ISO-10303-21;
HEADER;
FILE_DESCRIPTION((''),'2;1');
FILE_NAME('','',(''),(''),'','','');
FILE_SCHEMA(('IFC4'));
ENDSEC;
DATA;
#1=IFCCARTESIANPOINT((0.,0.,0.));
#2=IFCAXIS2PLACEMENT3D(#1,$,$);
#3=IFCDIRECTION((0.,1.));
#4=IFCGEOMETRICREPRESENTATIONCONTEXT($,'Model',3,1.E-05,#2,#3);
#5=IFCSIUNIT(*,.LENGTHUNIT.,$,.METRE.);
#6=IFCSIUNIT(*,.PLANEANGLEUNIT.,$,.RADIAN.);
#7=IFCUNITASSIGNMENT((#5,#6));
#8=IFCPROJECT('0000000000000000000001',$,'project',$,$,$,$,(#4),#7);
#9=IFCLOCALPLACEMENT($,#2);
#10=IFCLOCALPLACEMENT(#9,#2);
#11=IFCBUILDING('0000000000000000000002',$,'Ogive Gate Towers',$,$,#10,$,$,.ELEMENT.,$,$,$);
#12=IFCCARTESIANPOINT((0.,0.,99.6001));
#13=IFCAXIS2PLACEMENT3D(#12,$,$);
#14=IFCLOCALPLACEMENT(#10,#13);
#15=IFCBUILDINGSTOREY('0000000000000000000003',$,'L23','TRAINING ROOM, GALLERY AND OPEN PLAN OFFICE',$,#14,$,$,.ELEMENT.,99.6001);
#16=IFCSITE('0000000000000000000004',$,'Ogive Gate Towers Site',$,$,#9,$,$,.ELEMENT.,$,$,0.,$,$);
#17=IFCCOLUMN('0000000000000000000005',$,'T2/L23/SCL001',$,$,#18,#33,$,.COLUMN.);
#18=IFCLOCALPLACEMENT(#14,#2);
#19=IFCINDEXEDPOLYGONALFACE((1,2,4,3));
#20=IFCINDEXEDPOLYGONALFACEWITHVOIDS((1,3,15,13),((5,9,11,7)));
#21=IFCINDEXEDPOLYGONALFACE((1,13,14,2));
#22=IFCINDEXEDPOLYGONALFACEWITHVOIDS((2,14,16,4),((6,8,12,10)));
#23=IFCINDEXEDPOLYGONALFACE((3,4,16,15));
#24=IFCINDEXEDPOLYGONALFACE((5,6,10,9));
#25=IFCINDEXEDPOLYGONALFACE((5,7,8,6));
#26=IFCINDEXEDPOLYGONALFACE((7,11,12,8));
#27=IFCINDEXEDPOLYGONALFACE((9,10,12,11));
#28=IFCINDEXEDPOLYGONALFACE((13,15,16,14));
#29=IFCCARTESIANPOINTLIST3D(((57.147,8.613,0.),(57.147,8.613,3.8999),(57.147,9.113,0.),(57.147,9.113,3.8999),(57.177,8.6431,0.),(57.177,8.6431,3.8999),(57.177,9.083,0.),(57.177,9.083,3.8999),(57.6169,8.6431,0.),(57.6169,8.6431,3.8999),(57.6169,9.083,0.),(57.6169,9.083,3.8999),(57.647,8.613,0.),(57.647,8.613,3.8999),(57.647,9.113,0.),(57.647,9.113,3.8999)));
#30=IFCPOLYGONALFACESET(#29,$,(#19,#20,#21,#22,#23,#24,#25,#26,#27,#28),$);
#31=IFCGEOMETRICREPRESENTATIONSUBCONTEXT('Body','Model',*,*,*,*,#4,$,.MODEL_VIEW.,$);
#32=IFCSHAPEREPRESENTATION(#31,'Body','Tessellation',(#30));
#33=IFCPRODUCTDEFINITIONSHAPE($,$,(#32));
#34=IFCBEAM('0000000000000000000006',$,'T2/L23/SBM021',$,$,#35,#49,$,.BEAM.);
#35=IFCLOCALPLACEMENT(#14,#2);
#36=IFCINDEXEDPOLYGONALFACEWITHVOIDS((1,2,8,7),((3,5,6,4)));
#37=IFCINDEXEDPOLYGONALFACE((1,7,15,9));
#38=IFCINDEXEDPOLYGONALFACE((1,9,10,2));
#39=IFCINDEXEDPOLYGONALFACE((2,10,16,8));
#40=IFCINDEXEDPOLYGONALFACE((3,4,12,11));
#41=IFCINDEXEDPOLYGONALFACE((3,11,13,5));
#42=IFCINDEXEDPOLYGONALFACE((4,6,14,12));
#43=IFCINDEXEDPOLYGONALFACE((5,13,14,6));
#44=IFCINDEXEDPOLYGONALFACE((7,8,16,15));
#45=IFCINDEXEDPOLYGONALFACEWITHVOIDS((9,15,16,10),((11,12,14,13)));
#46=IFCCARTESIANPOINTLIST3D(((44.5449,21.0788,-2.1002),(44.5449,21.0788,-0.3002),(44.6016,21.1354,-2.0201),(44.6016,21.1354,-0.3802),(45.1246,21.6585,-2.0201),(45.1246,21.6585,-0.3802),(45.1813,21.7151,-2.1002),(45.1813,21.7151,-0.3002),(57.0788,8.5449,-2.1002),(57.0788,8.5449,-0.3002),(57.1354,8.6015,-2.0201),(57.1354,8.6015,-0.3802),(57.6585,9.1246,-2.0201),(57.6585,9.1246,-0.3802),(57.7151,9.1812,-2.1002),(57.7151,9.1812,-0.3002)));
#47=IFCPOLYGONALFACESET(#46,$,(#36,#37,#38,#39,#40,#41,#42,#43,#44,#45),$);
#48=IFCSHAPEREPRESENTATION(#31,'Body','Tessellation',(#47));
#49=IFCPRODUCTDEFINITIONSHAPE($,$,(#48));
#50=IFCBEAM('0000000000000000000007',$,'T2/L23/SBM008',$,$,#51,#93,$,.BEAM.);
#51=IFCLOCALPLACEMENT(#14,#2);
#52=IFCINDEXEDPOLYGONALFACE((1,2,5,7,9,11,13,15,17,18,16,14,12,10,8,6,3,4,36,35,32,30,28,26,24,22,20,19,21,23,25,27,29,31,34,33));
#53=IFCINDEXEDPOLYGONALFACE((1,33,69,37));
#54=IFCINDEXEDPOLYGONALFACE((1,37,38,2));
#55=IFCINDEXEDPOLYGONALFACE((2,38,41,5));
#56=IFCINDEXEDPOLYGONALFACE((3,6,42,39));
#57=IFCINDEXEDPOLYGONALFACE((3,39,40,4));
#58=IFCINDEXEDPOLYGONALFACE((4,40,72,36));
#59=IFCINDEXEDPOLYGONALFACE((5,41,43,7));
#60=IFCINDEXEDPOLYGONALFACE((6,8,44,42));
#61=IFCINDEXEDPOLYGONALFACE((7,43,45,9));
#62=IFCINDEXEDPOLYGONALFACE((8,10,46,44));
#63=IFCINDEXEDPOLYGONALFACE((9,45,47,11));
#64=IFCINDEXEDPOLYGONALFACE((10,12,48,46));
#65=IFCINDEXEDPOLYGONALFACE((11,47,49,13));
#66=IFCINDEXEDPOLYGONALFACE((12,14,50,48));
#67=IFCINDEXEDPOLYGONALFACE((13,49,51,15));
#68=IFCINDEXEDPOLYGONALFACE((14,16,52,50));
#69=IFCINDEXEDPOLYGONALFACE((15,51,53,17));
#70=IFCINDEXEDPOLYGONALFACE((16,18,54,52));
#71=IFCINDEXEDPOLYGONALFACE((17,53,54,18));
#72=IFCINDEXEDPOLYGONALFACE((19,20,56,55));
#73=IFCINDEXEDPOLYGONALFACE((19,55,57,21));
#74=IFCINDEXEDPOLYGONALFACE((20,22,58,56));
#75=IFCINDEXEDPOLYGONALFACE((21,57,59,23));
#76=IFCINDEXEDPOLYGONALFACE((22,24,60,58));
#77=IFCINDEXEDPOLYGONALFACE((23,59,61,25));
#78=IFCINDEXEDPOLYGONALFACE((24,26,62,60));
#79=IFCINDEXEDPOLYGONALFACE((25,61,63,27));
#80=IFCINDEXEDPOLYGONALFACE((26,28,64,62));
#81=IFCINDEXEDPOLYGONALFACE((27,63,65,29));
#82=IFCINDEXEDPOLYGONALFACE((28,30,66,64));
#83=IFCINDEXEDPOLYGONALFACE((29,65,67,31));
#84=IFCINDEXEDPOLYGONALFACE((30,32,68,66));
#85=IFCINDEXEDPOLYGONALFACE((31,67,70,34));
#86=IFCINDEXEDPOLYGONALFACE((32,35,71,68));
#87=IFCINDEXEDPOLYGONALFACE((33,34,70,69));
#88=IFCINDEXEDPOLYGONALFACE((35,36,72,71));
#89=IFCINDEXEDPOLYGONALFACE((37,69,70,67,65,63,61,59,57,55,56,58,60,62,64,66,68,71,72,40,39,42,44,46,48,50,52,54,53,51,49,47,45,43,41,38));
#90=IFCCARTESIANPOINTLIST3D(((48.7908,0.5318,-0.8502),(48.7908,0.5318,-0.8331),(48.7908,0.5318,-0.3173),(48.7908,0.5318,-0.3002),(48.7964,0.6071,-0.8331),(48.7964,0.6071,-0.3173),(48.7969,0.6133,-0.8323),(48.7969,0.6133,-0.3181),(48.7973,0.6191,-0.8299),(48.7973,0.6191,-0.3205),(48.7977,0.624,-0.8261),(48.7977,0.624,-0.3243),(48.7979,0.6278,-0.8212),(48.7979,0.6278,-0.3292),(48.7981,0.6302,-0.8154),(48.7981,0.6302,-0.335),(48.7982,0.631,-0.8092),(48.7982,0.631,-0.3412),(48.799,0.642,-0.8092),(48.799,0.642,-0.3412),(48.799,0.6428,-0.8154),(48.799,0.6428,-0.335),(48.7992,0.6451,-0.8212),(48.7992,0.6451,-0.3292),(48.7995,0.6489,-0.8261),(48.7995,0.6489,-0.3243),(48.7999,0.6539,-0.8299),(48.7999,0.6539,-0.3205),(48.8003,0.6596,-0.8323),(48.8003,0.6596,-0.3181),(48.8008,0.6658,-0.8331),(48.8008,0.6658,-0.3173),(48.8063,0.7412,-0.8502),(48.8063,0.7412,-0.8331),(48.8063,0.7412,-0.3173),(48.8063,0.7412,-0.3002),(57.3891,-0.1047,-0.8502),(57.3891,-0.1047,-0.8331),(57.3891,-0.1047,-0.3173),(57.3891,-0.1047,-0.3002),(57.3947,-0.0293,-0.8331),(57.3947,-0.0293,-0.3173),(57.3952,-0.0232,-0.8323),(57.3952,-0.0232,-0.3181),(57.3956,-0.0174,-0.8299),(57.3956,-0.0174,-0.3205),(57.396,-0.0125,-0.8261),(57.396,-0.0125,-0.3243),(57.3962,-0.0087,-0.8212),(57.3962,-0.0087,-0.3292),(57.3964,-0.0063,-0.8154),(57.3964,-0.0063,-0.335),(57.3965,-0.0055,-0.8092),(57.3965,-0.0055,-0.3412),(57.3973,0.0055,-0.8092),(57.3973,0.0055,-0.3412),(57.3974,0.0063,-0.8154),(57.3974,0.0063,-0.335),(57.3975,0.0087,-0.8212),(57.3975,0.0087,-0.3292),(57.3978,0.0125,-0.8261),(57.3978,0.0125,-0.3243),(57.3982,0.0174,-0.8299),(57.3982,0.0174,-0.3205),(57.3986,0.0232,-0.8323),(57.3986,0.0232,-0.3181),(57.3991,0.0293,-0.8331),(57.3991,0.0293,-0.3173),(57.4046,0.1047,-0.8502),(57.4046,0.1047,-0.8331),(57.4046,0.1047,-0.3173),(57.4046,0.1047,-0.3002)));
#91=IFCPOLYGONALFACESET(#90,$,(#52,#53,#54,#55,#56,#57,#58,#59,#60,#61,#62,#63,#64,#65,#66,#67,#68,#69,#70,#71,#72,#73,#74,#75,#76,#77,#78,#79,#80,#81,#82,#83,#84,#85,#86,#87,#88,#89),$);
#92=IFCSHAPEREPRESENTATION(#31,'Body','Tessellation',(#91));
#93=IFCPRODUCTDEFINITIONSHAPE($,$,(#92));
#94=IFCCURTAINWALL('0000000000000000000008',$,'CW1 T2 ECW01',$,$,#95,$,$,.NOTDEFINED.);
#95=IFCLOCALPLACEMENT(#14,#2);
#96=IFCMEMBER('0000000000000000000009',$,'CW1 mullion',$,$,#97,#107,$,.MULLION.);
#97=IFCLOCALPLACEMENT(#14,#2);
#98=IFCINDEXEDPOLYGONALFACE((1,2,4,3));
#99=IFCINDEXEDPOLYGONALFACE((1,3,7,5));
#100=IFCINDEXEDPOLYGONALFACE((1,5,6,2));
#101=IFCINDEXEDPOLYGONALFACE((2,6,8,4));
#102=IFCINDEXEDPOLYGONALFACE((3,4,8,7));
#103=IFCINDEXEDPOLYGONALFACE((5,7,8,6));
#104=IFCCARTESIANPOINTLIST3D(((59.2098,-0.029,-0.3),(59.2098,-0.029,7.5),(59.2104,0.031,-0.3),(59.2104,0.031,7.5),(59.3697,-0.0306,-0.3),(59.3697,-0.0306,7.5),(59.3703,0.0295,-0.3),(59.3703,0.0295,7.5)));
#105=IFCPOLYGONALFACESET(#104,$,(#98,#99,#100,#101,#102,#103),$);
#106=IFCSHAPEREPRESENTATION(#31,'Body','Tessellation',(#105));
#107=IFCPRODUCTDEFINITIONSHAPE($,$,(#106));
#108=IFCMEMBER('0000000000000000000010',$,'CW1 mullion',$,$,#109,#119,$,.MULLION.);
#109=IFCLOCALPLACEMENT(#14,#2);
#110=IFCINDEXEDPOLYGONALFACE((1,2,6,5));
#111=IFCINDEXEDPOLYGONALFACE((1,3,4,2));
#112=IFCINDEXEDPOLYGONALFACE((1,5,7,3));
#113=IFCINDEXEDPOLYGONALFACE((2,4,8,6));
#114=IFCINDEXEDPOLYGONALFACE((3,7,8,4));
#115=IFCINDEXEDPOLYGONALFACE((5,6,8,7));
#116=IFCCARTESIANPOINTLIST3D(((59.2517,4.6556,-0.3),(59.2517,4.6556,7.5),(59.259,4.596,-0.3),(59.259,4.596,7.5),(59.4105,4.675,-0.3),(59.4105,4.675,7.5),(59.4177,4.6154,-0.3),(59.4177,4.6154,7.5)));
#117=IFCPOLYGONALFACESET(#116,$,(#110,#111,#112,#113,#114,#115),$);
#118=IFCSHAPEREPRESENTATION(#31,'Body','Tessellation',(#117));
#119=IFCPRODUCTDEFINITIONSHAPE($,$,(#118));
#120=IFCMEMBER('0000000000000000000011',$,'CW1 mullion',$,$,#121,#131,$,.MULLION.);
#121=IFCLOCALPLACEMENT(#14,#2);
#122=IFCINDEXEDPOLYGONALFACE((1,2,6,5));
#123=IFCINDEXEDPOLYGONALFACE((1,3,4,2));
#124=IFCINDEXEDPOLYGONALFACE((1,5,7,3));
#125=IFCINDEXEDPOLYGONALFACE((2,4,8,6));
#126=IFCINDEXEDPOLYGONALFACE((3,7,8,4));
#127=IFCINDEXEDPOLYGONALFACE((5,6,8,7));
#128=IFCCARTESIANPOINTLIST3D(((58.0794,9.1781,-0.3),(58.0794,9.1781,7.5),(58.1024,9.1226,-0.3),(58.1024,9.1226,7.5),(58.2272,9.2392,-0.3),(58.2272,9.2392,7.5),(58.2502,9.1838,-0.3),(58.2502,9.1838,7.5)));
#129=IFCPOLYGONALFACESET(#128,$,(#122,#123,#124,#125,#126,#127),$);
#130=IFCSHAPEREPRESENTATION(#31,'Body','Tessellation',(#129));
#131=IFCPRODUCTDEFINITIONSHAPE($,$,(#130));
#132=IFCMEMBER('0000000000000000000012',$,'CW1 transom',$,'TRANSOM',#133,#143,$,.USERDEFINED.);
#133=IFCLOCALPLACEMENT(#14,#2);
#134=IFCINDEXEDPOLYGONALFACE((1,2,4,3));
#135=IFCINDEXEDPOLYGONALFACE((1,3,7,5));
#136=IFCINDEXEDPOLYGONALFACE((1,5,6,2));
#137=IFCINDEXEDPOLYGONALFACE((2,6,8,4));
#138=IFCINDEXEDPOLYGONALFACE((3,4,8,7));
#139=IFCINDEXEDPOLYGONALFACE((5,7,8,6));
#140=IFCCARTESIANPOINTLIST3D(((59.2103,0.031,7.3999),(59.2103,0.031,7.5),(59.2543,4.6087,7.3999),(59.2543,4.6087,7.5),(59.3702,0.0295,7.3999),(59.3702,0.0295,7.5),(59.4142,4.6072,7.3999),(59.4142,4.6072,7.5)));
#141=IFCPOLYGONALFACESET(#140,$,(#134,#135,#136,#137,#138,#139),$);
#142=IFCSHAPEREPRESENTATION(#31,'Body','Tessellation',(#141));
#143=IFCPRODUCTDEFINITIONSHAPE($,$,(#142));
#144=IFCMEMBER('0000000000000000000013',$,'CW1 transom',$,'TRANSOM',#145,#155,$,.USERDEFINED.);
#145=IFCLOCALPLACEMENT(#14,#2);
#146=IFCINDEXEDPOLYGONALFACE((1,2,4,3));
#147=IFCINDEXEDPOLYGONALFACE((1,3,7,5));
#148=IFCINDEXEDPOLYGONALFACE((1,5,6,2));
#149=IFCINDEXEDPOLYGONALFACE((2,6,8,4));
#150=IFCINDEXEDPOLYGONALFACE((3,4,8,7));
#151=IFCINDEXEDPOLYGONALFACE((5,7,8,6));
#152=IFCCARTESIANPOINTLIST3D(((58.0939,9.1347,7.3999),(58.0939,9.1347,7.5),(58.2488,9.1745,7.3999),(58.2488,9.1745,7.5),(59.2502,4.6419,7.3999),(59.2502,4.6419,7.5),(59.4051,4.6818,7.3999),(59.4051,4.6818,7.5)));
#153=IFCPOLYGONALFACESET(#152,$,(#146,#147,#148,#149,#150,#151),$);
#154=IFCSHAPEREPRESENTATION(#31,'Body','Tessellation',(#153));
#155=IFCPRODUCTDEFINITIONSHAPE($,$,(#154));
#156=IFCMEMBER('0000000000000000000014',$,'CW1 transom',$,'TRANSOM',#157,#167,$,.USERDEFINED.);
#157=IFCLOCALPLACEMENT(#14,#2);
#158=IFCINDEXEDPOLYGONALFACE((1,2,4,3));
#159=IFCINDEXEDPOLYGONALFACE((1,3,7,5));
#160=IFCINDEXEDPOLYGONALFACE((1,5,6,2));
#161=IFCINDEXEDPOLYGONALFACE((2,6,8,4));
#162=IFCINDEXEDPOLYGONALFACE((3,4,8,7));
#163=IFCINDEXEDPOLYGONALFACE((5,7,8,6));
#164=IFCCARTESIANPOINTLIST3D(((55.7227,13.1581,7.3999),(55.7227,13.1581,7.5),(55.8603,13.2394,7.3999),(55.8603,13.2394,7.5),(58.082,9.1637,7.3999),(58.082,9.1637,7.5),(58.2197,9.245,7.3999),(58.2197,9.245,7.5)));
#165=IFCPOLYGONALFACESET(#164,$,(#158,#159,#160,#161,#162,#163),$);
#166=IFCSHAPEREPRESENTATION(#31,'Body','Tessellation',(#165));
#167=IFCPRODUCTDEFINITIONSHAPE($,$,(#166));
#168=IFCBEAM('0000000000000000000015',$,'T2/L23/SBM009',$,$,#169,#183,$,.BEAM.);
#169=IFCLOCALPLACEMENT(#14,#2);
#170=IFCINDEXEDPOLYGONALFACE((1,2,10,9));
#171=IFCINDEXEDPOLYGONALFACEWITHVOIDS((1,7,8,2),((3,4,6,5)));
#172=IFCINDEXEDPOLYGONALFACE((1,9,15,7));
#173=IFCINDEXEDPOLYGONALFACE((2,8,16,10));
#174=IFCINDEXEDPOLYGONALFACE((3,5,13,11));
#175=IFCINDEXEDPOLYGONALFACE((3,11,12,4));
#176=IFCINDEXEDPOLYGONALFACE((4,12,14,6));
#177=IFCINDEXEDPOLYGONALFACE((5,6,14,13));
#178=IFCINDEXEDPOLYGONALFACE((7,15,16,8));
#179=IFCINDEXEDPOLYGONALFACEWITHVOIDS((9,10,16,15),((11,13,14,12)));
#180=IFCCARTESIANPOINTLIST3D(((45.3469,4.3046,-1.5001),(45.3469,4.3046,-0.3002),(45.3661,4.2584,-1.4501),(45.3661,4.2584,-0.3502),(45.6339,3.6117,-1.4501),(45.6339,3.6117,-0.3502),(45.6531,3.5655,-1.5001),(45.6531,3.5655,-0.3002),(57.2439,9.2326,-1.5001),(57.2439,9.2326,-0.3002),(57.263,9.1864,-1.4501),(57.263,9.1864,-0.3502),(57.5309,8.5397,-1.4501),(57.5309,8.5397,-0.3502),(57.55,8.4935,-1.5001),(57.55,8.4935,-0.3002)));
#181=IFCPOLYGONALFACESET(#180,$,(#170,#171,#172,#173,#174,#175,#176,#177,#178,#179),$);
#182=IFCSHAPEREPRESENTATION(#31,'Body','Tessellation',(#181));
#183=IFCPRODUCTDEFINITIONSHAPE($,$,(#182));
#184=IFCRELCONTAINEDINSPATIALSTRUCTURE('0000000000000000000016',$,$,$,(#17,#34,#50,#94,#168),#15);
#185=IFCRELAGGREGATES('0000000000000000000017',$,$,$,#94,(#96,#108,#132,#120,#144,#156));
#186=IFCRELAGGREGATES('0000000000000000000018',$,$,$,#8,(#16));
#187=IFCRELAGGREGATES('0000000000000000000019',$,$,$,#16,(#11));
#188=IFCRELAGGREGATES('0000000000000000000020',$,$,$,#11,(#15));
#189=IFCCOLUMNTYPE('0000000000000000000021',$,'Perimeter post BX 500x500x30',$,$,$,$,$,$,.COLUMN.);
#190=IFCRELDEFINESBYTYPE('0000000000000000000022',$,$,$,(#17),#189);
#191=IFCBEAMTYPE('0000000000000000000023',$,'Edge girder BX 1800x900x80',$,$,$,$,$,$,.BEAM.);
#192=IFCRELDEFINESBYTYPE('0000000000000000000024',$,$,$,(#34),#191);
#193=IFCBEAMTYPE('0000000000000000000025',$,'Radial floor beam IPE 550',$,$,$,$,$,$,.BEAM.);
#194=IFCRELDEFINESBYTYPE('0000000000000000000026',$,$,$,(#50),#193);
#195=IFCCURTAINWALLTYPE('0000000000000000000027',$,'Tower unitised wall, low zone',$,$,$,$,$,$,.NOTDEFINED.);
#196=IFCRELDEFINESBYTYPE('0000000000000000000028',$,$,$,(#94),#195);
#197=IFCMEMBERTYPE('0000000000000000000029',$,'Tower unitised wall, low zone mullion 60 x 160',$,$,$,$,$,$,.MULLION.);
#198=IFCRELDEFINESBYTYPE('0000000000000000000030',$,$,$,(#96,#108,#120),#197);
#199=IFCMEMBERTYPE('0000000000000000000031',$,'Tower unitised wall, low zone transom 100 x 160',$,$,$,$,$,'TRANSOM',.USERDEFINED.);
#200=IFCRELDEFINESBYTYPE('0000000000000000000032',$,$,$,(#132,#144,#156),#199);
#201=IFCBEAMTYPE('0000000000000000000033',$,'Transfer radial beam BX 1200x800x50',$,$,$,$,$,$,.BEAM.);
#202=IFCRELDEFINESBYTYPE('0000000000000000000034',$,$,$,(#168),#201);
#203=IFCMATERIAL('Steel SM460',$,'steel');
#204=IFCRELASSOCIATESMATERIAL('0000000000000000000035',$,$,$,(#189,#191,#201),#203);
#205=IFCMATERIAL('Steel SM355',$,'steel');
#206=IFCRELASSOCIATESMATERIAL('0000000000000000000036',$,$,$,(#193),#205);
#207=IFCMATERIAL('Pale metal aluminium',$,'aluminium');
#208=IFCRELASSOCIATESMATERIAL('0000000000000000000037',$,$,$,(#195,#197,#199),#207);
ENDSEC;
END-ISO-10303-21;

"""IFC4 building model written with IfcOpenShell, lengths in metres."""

from ifc_helpers import new_model, si_unit, direction, frame, origin, origin_2d, place, context, subcontext, project, spatial, rectangle, hollow_rectangle, i_section, extrude, material, material_profile, profile_set, type_object, element, aggregate, save


model = new_model("IFC4")

# Units and contexts
model_context = context("Model", 3, precision=1e-05, world=origin(), true_north=direction((0.0, 1.0)))
body_context = subcontext(model_context, "Body", "Model", "MODEL_VIEW")
ifc_project = project(units=[si_unit("LENGTHUNIT", "METRE"), si_unit("PLANEANGLEUNIT", "RADIAN")], contexts=[model_context])

# Site, building, storey
site_placement = place(None, origin())
site = spatial("IfcSite", under=ifc_project, at=site_placement, Name="Ogive Gate Towers Site", CompositionType="ELEMENT", RefElevation=0.0)
building_placement = place(site_placement, origin())
building = spatial("IfcBuilding", under=site, at=building_placement, Name="Ogive Gate Towers", CompositionType="ELEMENT")
storey_placement = place(building_placement, frame((0.0, 0.0, 99.6001)))
storey = spatial("IfcBuildingStorey", under=building, at=storey_placement, Name="L23", Description="TRAINING ROOM, GALLERY AND OPEN PLAN OFFICE", CompositionType="ELEMENT", Elevation=99.6001)

# Column
ifc_material_1 = material(Name="Steel SM460", Category="steel")
ifc_material_profile_1 = material_profile(ifc_material_1, hollow_rectangle(XDim=0.5, YDim=0.5, WallThickness=0.03, at=origin_2d()), Name="BX 500x500x30")
ifc_profile_set_1 = profile_set([ifc_material_profile_1], Name="Steel SM460")
column_type = type_object("IfcColumnType", Name="Perimeter post BX 500x500x30", PredefinedType="COLUMN", material=ifc_profile_set_1)
column_placement = place(storey_placement, frame((57.397, 8.863, 0.0), z_axis=(0.0, 0.0, 1.0), x_axis=(1.0, 0.0, 0.0)))
element("IfcColumn", 1, at=column_placement, inside=storey, type_object=column_type, Name="T2/L23/SCL001", PredefinedType="COLUMN", context=body_context, shape_type="SweptSolid", body=[
    extrude(hollow_rectangle(XDim=0.5, YDim=0.5, WallThickness=0.03, at=origin_2d()), origin(), (0.0, 0.0, 1.0), 3.8999),
])

# Beams
ifc_material_profile_2 = material_profile(ifc_material_1, hollow_rectangle(XDim=0.8999, YDim=1.8, WallThickness=0.0801, at=origin_2d()), Name="BX 1800x900x80")
ifc_profile_set_2 = profile_set([ifc_material_profile_2], Name="Steel SM460")
beam_type_1 = type_object("IfcBeamType", Name="Edge girder BX 1800x900x80", PredefinedType="BEAM", material=ifc_profile_set_2)
beam_1_placement = place(storey_placement, frame((57.397, 8.863, -1.2002), z_axis=(-0.707107, 0.707107, 0.0), x_axis=(-0.707107, -0.707107, 0.0)))
element("IfcBeam", 2, at=beam_1_placement, inside=storey, type_object=beam_type_1, Name="T2/L23/SBM021", PredefinedType="BEAM", context=body_context, shape_type="SweptSolid", body=[
    extrude(hollow_rectangle(XDim=0.8999, YDim=1.8, WallThickness=0.0801, at=origin_2d()), origin(), (0.0, 0.0, 1.0), 17.7256),
])
ifc_material_2 = material(Name="Steel SM355", Category="steel")
ifc_material_profile_3 = material_profile(ifc_material_2, i_section(OverallWidth=0.21, OverallDepth=0.55, WebThickness=0.011, FlangeThickness=0.0171, FilletRadius=0.0239, at=origin_2d()), Name="IPE 550")
ifc_profile_set_3 = profile_set([ifc_material_profile_3], Name="Steel SM355")
beam_type_2 = type_object("IfcBeamType", Name="Radial floor beam IPE 550", PredefinedType="BEAM", material=ifc_profile_set_3)
beam_2_placement = place(storey_placement, frame((48.7986, 0.6365, -0.5752), z_axis=(0.997272, -0.073821, 0.0), x_axis=(0.073821, 0.997272, 0.0)))
element("IfcBeam", 3, at=beam_2_placement, inside=storey, type_object=beam_type_2, Name="T2/L23/SBM008", PredefinedType="BEAM", context=body_context, shape_type="SweptSolid", body=[
    extrude(i_section(OverallWidth=0.21, OverallDepth=0.55, WebThickness=0.011, FlangeThickness=0.0171, FilletRadius=0.0239, at=origin_2d()), origin(), (0.0, 0.0, 1.0), 8.6218),
])

# Curtain wall, members
ifc_material_3 = material(Name="Pale metal aluminium", Category="aluminium")
curtain_wall_type = type_object("IfcCurtainWallType", Name="Tower unitised wall, low zone", PredefinedType="NOTDEFINED", material=ifc_material_3)
curtain_wall_placement = place(storey_placement, origin())
curtain_wall = element("IfcCurtainWall", 4, at=curtain_wall_placement, inside=storey, type_object=curtain_wall_type, Name="CW1 T2 ECW01", PredefinedType="NOTDEFINED")
ifc_material_profile_4 = material_profile(ifc_material_3, rectangle(XDim=0.1599, YDim=0.0601, at=origin_2d()), Name="60 x 160 aluminium box")
ifc_profile_set_4 = profile_set([ifc_material_profile_4], Name="Pale metal aluminium")
member_type_1 = type_object("IfcMemberType", Name="Tower unitised wall, low zone mullion 60 x 160", PredefinedType="MULLION", material=ifc_profile_set_4)
member_1_placement = place(storey_placement, frame((59.29, 0.0002, -0.3), z_axis=(0.0, 0.0, 1.0), x_axis=(0.999954, -0.009599, 0.0)))
member_1 = element("IfcMember", 5, at=member_1_placement, type_object=member_type_1, Name="CW1 mullion", PredefinedType="MULLION", context=body_context, shape_type="SweptSolid", body=[
    extrude(rectangle(XDim=0.1599, YDim=0.0601, at=origin_2d()), origin(), (0.0, 0.0, 1.0), 7.8),
])
member_2_placement = place(storey_placement, frame((59.3347, 4.6355, -0.3), z_axis=(0.0, 0.0, 1.0), x_axis=(0.992671, 0.120847, 0.0)))
member_2 = element("IfcMember", 6, at=member_2_placement, type_object=member_type_1, Name="CW1 mullion", PredefinedType="MULLION", context=body_context, shape_type="SweptSolid", body=[
    extrude(rectangle(XDim=0.1599, YDim=0.0601, at=origin_2d()), origin(), (0.0, 0.0, 1.0), 7.8),
])
member_3_placement = place(storey_placement, frame((58.1648, 9.1809, -0.3), z_axis=(0.0, 0.0, 1.0), x_axis=(0.92388, 0.382683, 0.0)))
member_3 = element("IfcMember", 7, at=member_3_placement, type_object=member_type_1, Name="CW1 mullion", PredefinedType="MULLION", context=body_context, shape_type="SweptSolid", body=[
    extrude(rectangle(XDim=0.1599, YDim=0.0601, at=origin_2d()), origin(), (0.0, 0.0, 1.0), 7.8),
])
ifc_material_profile_5 = material_profile(ifc_material_3, rectangle(XDim=0.1599, YDim=0.1001, at=origin_2d()), Name="100 x 160 aluminium box")
ifc_profile_set_5 = profile_set([ifc_material_profile_5], Name="Pale metal aluminium")
member_type_2 = type_object("IfcMemberType", Name="Tower unitised wall, low zone transom 100 x 160", ElementType="TRANSOM", PredefinedType="USERDEFINED", material=ifc_profile_set_5)
member_4_placement = place(storey_placement, frame((59.2903, 0.0303, 7.45), z_axis=(0.0096, 0.999954, 0.0), x_axis=(-0.999954, 0.0096, 0.0)))
member_4 = element("IfcMember", 8, at=member_4_placement, type_object=member_type_2, Name="CW1 transom", ObjectType="TRANSOM", PredefinedType="USERDEFINED", context=body_context, shape_type="SweptSolid", body=[
    extrude(rectangle(XDim=0.1599, YDim=0.1001, at=origin_2d()), origin(), (0.0, 0.0, 1.0), 4.5779),
])
member_5_placement = place(storey_placement, frame((59.3276, 4.6619, 7.45), z_axis=(-0.249241, 0.968441, 0.0), x_axis=(-0.968441, -0.249241, 0.0)))
member_5 = element("IfcMember", 9, at=member_5_placement, type_object=member_type_2, Name="CW1 transom", ObjectType="TRANSOM", PredefinedType="USERDEFINED", context=body_context, shape_type="SweptSolid", body=[
    extrude(rectangle(XDim=0.1599, YDim=0.1001, at=origin_2d()), origin(), (0.0, 0.0, 1.0), 4.6392),
])
member_6_placement = place(storey_placement, frame((58.1509, 9.2043, 7.45), z_axis=(-0.508579, 0.861016, 0.0), x_axis=(-0.861016, -0.508579, 0.0)))
member_6 = element("IfcMember", 10, at=member_6_placement, type_object=member_type_2, Name="CW1 transom", ObjectType="TRANSOM", PredefinedType="USERDEFINED", context=body_context, shape_type="SweptSolid", body=[
    extrude(rectangle(XDim=0.1599, YDim=0.1001, at=origin_2d()), origin(), (0.0, 0.0, 1.0), 4.6392),
])

# Beam
ifc_material_profile_6 = material_profile(ifc_material_1, hollow_rectangle(XDim=0.8, YDim=1.2, WallThickness=0.05, at=origin_2d()), Name="BX 1200x800x50")
ifc_profile_set_6 = profile_set([ifc_material_profile_6], Name="Steel SM460")
beam_type_3 = type_object("IfcBeamType", Name="Transfer radial beam BX 1200x800x50", PredefinedType="BEAM", material=ifc_profile_set_6)
beam_3_placement = place(storey_placement, frame((45.5, 3.9351, -0.9001), z_axis=(0.923877, 0.382689, 0.0), x_axis=(-0.382689, 0.923877, 0.0)))
element("IfcBeam", 11, at=beam_3_placement, inside=storey, type_object=beam_type_3, Name="T2/L23/SBM009", PredefinedType="BEAM", context=body_context, shape_type="SweptSolid", body=[
    extrude(hollow_rectangle(XDim=0.8, YDim=1.2, WallThickness=0.05, at=origin_2d()), origin(), (0.0, 0.0, 1.0), 12.8772),
])

aggregate(curtain_wall, [member_1, member_2, member_4, member_3, member_5, member_6])

save(model, "model.ifc")
